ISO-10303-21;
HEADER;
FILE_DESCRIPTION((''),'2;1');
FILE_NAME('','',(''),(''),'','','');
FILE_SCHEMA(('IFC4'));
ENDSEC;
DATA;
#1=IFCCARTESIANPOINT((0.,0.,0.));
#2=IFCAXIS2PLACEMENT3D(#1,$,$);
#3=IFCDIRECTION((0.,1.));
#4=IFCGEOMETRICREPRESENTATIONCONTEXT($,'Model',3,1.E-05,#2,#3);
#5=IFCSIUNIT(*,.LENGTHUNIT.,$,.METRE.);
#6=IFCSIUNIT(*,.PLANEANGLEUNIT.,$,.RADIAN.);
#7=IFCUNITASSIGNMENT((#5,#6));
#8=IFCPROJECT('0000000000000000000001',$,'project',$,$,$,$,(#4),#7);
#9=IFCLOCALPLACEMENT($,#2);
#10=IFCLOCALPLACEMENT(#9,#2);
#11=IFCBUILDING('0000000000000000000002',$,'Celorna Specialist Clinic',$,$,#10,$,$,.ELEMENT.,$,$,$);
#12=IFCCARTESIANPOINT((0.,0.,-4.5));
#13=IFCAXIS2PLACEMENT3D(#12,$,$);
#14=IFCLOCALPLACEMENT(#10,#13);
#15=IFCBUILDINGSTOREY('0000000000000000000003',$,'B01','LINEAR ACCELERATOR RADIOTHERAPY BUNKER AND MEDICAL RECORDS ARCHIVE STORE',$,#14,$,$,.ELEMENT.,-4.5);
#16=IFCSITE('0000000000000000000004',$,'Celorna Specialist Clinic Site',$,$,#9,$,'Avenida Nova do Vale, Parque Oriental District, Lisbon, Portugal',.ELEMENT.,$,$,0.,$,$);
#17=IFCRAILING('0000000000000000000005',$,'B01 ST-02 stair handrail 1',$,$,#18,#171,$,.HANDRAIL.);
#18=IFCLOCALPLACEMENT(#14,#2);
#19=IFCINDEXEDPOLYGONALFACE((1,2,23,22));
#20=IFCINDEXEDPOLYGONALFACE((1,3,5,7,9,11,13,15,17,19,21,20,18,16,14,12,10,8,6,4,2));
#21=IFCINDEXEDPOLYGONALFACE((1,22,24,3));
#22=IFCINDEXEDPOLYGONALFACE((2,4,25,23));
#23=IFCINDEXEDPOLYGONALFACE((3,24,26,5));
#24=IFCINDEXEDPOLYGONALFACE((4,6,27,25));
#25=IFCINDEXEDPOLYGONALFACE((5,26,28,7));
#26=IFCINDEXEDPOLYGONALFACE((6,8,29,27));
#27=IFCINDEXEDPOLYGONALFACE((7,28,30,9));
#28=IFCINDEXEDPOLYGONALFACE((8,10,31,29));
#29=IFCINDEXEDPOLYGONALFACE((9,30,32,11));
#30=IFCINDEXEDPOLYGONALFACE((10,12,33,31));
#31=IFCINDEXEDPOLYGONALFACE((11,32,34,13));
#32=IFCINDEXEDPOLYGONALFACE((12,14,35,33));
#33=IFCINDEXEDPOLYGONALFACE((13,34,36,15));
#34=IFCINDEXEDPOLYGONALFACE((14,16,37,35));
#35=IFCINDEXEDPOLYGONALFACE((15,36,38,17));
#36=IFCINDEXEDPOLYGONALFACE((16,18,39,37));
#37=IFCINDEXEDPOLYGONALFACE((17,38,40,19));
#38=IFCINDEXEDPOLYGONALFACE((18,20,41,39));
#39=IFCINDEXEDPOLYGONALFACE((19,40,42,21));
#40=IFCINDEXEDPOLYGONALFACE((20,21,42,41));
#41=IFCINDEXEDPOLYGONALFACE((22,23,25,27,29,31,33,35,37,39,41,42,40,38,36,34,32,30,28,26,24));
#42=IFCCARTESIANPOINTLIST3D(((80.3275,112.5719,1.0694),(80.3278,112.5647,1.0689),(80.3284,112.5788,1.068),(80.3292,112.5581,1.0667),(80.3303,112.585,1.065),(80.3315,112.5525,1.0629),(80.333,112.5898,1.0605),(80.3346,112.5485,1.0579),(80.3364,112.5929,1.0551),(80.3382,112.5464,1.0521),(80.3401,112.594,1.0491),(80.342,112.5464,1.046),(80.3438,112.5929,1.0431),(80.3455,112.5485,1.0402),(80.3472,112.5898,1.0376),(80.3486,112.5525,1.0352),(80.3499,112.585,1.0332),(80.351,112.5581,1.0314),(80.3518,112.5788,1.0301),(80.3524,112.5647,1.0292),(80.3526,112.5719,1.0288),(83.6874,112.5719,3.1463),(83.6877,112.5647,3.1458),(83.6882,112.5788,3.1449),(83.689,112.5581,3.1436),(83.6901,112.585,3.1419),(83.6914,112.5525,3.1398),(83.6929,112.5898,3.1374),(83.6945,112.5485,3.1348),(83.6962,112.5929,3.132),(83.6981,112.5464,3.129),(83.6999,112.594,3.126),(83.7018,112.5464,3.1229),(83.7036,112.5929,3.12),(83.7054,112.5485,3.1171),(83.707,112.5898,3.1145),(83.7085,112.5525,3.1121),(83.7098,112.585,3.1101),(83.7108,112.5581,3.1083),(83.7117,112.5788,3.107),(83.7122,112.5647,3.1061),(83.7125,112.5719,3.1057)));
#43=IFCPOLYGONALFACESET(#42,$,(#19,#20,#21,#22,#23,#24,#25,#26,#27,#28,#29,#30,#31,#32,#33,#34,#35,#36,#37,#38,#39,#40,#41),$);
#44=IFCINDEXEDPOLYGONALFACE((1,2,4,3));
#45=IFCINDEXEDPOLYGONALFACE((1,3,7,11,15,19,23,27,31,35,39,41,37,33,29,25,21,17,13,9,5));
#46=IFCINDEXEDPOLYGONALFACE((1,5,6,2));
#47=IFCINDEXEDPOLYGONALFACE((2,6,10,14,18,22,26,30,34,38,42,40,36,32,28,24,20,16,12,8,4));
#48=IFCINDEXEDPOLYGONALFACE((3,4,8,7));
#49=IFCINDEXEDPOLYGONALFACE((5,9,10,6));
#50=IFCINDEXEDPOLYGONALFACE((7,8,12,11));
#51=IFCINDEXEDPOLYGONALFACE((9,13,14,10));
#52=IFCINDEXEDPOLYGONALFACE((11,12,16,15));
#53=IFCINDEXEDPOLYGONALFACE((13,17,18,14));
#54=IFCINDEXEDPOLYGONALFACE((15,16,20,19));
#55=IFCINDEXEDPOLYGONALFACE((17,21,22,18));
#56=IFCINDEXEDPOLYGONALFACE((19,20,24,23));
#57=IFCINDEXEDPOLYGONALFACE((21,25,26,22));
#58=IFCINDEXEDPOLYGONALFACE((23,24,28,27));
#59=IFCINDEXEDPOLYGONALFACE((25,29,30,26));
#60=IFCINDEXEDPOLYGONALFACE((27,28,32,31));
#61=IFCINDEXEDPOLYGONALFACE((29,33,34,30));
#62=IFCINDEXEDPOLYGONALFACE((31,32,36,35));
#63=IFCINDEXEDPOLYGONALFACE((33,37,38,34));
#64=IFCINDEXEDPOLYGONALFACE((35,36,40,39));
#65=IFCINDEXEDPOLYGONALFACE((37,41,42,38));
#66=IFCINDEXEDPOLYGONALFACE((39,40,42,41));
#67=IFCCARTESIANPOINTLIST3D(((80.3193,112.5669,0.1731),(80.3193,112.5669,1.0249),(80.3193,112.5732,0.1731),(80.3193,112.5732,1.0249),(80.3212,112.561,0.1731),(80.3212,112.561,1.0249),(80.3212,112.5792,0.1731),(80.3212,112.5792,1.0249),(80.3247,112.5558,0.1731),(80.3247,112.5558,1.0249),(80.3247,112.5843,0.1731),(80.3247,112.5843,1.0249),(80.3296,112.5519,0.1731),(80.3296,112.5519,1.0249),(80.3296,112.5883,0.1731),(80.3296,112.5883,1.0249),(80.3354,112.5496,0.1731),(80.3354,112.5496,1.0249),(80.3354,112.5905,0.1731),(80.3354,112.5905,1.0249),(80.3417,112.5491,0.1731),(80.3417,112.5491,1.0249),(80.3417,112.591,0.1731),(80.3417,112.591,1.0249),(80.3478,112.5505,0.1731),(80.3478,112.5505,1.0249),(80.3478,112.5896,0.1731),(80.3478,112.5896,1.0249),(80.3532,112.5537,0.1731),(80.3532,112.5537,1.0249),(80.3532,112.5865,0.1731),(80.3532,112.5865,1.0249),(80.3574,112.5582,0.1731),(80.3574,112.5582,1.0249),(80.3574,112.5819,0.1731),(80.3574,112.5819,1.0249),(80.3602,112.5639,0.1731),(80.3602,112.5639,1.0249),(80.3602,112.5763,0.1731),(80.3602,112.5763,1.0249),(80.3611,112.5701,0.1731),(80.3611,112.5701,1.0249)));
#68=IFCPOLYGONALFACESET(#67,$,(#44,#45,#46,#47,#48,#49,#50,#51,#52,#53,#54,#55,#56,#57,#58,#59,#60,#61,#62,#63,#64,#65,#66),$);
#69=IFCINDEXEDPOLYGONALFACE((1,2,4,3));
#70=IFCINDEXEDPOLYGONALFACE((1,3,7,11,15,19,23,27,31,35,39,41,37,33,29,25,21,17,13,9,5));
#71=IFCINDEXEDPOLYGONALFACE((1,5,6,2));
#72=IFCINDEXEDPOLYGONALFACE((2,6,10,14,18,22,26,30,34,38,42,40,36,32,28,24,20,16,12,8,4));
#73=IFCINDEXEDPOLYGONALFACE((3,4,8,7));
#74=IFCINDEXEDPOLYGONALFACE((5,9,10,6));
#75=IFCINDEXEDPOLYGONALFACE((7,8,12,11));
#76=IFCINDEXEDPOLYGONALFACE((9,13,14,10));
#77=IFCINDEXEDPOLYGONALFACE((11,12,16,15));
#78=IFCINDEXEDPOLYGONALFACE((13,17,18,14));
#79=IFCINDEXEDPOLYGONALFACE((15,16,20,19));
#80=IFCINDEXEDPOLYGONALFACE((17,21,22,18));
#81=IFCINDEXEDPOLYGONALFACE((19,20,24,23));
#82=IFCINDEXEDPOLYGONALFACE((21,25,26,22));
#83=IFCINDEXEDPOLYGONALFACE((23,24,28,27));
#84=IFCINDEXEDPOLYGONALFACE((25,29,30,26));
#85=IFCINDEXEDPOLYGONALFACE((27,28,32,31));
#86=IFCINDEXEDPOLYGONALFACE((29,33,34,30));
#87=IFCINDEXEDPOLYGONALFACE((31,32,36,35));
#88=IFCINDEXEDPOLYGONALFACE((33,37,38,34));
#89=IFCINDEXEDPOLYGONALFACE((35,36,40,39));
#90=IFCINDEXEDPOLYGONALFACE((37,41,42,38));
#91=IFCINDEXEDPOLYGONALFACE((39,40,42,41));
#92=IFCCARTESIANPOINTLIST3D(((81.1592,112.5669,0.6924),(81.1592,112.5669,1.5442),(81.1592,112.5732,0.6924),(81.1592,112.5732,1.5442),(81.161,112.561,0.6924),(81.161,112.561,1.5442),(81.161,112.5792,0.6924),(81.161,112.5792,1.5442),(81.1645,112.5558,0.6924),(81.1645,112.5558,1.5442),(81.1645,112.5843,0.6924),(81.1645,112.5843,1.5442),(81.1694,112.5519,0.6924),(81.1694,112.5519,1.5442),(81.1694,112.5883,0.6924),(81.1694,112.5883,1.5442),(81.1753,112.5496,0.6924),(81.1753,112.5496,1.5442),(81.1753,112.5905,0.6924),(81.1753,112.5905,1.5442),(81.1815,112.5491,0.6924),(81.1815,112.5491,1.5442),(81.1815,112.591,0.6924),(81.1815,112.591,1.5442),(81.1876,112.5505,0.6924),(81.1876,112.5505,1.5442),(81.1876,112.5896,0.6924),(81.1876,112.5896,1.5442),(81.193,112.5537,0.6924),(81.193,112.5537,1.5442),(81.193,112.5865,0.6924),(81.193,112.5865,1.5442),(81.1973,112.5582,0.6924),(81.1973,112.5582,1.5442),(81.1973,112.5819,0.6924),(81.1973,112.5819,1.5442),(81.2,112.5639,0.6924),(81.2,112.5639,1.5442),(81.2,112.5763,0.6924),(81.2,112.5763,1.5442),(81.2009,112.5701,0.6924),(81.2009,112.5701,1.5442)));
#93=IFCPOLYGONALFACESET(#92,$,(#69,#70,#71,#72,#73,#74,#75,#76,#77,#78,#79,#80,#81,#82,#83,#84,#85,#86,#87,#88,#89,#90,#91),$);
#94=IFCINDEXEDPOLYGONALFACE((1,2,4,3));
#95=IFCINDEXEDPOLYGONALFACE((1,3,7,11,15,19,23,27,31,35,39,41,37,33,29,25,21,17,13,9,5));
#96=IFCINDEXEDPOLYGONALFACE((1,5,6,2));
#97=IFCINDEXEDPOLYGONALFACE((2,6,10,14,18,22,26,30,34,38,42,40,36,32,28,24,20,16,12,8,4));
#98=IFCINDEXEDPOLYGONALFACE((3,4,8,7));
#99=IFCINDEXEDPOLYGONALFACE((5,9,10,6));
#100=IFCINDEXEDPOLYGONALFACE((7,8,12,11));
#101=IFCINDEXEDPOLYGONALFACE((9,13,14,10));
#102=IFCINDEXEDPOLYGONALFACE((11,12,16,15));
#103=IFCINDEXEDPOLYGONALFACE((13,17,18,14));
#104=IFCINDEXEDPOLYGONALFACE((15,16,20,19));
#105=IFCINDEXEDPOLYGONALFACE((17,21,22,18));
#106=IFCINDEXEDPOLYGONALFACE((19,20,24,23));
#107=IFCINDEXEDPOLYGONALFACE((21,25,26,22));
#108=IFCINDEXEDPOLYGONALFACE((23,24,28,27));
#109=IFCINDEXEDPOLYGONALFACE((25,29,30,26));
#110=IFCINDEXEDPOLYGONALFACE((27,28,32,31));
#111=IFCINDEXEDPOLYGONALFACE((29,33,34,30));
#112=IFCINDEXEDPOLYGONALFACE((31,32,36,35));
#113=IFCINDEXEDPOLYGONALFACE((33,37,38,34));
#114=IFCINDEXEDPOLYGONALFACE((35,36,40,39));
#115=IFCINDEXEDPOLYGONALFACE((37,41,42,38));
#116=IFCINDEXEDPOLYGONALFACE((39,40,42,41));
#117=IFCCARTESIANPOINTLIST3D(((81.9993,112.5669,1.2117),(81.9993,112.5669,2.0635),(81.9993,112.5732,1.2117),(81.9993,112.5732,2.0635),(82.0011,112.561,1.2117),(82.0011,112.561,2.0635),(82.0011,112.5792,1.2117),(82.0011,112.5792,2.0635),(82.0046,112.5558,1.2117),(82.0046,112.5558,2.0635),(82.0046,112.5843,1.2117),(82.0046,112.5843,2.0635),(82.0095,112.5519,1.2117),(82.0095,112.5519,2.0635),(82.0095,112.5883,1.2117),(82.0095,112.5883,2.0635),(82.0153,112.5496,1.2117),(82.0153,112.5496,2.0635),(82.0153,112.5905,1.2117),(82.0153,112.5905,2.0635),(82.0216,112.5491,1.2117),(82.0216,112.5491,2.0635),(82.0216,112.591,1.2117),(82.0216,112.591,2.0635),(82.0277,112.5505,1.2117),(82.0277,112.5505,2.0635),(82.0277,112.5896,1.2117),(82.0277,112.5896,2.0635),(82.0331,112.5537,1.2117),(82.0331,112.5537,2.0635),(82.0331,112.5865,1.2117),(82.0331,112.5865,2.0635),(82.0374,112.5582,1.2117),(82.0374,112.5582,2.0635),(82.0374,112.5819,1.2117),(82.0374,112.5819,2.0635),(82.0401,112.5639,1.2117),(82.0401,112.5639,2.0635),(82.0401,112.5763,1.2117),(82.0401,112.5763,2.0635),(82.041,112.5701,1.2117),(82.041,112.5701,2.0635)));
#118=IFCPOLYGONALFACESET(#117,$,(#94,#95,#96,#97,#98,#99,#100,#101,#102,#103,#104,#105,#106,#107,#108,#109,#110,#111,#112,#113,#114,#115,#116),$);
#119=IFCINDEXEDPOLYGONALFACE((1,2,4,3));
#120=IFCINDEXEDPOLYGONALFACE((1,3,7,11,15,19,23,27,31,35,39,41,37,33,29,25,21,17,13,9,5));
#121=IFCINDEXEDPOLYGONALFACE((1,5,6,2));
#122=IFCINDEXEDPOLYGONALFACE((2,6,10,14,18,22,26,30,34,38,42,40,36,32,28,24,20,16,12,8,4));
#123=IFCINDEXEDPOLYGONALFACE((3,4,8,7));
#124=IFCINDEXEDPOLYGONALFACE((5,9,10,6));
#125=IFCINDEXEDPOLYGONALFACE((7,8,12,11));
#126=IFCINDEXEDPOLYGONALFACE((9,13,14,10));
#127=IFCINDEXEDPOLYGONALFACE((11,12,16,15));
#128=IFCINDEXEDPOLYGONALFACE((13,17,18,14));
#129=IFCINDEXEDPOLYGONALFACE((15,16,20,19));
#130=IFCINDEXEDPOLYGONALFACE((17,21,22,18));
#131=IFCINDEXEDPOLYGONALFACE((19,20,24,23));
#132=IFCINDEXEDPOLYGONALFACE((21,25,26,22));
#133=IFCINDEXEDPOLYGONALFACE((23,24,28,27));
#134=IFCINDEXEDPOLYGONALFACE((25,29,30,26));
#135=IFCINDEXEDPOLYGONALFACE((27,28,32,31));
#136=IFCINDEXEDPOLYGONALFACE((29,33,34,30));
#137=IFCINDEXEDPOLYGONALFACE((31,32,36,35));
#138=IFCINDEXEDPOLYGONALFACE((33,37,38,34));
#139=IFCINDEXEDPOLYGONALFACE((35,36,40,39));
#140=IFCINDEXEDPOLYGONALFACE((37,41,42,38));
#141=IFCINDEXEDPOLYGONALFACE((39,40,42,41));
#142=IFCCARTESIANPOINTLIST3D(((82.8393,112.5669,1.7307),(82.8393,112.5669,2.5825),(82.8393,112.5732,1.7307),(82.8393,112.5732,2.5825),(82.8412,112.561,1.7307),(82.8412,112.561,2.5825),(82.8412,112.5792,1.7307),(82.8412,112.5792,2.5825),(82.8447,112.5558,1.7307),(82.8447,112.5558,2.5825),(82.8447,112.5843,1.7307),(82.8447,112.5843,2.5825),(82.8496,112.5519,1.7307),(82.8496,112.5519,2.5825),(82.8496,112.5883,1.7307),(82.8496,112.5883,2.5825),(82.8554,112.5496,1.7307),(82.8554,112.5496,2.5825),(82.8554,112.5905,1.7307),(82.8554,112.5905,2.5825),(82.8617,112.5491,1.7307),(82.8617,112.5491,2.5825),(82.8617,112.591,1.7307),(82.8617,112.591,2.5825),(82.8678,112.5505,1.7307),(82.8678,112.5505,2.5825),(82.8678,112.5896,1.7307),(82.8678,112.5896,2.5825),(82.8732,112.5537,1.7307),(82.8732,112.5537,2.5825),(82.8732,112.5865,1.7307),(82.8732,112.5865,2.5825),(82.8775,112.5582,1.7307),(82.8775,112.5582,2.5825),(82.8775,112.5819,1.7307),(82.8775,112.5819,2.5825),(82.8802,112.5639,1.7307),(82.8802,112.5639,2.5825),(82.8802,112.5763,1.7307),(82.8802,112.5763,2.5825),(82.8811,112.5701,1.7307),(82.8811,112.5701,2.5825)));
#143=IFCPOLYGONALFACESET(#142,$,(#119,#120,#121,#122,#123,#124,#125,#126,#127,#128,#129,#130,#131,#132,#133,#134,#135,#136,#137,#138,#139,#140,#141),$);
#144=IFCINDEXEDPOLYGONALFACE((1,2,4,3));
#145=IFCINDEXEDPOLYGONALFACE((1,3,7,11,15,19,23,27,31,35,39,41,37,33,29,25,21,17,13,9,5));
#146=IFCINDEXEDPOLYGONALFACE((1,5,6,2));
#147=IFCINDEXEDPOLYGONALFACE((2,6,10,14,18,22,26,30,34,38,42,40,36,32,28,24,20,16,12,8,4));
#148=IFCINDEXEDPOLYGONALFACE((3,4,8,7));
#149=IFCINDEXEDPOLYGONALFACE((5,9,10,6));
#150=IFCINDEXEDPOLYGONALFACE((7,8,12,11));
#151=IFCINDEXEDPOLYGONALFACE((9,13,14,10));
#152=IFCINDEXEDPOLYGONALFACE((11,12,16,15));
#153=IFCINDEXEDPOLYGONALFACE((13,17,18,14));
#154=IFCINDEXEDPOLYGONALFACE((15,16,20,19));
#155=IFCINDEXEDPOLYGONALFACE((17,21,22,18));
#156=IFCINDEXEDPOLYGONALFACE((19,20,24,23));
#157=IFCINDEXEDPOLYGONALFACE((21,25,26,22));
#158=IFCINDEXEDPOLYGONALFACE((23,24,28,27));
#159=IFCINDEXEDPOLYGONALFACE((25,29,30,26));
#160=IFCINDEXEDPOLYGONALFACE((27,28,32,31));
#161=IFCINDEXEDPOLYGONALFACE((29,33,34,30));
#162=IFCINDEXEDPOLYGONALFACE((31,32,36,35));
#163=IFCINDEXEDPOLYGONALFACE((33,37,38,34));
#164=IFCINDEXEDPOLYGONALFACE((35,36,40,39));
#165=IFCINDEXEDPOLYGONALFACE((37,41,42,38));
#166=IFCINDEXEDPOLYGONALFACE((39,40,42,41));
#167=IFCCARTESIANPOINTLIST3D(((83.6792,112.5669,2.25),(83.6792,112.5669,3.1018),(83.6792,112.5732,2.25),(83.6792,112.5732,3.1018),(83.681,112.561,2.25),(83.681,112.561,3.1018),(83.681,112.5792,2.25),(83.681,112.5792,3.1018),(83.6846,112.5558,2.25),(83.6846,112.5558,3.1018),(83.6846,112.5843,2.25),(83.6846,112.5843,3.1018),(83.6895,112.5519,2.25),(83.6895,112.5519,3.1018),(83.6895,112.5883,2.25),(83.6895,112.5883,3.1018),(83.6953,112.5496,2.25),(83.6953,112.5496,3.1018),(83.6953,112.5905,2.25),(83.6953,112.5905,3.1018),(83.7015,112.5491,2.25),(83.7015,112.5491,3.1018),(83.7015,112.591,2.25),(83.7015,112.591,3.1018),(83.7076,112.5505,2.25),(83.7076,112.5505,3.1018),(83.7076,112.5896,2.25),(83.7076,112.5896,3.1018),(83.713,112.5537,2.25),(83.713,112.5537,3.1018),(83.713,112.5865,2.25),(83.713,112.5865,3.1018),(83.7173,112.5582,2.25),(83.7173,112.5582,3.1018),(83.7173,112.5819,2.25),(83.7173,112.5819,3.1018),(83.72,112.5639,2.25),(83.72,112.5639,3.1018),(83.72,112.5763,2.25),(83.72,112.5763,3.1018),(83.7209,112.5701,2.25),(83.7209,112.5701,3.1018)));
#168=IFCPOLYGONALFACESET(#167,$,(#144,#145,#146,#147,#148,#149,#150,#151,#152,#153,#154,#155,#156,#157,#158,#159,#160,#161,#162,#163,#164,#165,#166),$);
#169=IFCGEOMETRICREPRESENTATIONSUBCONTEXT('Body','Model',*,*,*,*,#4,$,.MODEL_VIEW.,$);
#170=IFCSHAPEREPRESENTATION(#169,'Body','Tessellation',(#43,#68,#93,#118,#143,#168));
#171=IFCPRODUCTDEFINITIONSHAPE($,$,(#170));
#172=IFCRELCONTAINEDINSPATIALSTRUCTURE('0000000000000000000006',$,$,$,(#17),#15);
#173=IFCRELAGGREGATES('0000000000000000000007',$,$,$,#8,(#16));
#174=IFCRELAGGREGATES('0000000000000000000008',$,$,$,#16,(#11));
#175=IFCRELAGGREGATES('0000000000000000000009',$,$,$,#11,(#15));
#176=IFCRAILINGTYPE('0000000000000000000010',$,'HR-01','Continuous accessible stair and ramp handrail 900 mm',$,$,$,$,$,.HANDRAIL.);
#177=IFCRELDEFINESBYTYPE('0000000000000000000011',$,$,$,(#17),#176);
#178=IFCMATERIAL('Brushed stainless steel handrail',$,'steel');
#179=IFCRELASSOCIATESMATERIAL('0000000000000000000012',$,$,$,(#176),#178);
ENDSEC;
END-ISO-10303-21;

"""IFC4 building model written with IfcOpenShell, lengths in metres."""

from ifc_helpers import new_model, si_unit, direction, frame, origin, origin_2d, place, context, subcontext, project, spatial, circle, extrude, material, type_object, element, save


model = new_model("IFC4")

# Units and contexts
model_context = context("Model", 3, precision=1e-05, world=origin(), true_north=direction((0.0, 1.0)))
body_context = subcontext(model_context, "Body", "Model", "MODEL_VIEW")
ifc_project = project(units=[si_unit("LENGTHUNIT", "METRE"), si_unit("PLANEANGLEUNIT", "RADIAN")], contexts=[model_context])

# Site, building, storey
site_placement = place(None, origin())
site = spatial("IfcSite", under=ifc_project, at=site_placement, Name="Celorna Specialist Clinic Site", LongName="Avenida Nova do Vale, Parque Oriental District, Lisbon, Portugal", CompositionType="ELEMENT", RefElevation=0.0)
building_placement = place(site_placement, origin())
building = spatial("IfcBuilding", under=site, at=building_placement, Name="Celorna Specialist Clinic", CompositionType="ELEMENT")
storey_placement = place(building_placement, frame((0.0, 0.0, -4.5)))
storey = spatial("IfcBuildingStorey", under=building, at=storey_placement, Name="B01", Description="LINEAR ACCELERATOR RADIOTHERAPY BUNKER AND MEDICAL RECORDS ARCHIVE STORE", CompositionType="ELEMENT", Elevation=-4.5)

# Railing
ifc_material_1 = material(Name="Brushed stainless steel handrail", Category="steel")
railing_type_1 = type_object("IfcRailingType", Name="HR-01", Description="Continuous accessible stair and ramp handrail 900 mm", PredefinedType="HANDRAIL", material=ifc_material_1)
railing_1_placement = place(storey_placement, frame((80.3401, 112.5701, 0.1731)))
element("IfcRailing", 1, at=railing_1_placement, inside=storey, type_object=railing_type_1, Name="B01 ST-02 stair handrail 1", PredefinedType="HANDRAIL", context=body_context, shape_type="SweptSolid", body=[
    extrude(circle(Radius=0.0239, at=origin_2d()), frame((0.0, 0.0, 0.876), z_axis=(0.850606, 0.0, 0.525803), x_axis=(0.0, 1.0, 0.0)), (0.0, 0.0, 1.0), 3.95),
    extrude(circle(Radius=0.021, at=origin_2d()), origin(), (0.0, 0.0, 1.0), 0.8518),
    extrude(circle(Radius=0.021, at=origin_2d()), frame((0.8398, 0.0, 0.5193)), (0.0, 0.0, 1.0), 0.8518),
    extrude(circle(Radius=0.021, at=origin_2d()), frame((1.6799, 0.0, 1.0386)), (0.0, 0.0, 1.0), 0.8518),
    extrude(circle(Radius=0.021, at=origin_2d()), frame((2.52, 0.0, 1.5576)), (0.0, 0.0, 1.0), 0.8518),
    extrude(circle(Radius=0.021, at=origin_2d()), frame((3.3599, 0.0, 2.0769)), (0.0, 0.0, 1.0), 0.8518),
])

save(model, "model.ifc")
